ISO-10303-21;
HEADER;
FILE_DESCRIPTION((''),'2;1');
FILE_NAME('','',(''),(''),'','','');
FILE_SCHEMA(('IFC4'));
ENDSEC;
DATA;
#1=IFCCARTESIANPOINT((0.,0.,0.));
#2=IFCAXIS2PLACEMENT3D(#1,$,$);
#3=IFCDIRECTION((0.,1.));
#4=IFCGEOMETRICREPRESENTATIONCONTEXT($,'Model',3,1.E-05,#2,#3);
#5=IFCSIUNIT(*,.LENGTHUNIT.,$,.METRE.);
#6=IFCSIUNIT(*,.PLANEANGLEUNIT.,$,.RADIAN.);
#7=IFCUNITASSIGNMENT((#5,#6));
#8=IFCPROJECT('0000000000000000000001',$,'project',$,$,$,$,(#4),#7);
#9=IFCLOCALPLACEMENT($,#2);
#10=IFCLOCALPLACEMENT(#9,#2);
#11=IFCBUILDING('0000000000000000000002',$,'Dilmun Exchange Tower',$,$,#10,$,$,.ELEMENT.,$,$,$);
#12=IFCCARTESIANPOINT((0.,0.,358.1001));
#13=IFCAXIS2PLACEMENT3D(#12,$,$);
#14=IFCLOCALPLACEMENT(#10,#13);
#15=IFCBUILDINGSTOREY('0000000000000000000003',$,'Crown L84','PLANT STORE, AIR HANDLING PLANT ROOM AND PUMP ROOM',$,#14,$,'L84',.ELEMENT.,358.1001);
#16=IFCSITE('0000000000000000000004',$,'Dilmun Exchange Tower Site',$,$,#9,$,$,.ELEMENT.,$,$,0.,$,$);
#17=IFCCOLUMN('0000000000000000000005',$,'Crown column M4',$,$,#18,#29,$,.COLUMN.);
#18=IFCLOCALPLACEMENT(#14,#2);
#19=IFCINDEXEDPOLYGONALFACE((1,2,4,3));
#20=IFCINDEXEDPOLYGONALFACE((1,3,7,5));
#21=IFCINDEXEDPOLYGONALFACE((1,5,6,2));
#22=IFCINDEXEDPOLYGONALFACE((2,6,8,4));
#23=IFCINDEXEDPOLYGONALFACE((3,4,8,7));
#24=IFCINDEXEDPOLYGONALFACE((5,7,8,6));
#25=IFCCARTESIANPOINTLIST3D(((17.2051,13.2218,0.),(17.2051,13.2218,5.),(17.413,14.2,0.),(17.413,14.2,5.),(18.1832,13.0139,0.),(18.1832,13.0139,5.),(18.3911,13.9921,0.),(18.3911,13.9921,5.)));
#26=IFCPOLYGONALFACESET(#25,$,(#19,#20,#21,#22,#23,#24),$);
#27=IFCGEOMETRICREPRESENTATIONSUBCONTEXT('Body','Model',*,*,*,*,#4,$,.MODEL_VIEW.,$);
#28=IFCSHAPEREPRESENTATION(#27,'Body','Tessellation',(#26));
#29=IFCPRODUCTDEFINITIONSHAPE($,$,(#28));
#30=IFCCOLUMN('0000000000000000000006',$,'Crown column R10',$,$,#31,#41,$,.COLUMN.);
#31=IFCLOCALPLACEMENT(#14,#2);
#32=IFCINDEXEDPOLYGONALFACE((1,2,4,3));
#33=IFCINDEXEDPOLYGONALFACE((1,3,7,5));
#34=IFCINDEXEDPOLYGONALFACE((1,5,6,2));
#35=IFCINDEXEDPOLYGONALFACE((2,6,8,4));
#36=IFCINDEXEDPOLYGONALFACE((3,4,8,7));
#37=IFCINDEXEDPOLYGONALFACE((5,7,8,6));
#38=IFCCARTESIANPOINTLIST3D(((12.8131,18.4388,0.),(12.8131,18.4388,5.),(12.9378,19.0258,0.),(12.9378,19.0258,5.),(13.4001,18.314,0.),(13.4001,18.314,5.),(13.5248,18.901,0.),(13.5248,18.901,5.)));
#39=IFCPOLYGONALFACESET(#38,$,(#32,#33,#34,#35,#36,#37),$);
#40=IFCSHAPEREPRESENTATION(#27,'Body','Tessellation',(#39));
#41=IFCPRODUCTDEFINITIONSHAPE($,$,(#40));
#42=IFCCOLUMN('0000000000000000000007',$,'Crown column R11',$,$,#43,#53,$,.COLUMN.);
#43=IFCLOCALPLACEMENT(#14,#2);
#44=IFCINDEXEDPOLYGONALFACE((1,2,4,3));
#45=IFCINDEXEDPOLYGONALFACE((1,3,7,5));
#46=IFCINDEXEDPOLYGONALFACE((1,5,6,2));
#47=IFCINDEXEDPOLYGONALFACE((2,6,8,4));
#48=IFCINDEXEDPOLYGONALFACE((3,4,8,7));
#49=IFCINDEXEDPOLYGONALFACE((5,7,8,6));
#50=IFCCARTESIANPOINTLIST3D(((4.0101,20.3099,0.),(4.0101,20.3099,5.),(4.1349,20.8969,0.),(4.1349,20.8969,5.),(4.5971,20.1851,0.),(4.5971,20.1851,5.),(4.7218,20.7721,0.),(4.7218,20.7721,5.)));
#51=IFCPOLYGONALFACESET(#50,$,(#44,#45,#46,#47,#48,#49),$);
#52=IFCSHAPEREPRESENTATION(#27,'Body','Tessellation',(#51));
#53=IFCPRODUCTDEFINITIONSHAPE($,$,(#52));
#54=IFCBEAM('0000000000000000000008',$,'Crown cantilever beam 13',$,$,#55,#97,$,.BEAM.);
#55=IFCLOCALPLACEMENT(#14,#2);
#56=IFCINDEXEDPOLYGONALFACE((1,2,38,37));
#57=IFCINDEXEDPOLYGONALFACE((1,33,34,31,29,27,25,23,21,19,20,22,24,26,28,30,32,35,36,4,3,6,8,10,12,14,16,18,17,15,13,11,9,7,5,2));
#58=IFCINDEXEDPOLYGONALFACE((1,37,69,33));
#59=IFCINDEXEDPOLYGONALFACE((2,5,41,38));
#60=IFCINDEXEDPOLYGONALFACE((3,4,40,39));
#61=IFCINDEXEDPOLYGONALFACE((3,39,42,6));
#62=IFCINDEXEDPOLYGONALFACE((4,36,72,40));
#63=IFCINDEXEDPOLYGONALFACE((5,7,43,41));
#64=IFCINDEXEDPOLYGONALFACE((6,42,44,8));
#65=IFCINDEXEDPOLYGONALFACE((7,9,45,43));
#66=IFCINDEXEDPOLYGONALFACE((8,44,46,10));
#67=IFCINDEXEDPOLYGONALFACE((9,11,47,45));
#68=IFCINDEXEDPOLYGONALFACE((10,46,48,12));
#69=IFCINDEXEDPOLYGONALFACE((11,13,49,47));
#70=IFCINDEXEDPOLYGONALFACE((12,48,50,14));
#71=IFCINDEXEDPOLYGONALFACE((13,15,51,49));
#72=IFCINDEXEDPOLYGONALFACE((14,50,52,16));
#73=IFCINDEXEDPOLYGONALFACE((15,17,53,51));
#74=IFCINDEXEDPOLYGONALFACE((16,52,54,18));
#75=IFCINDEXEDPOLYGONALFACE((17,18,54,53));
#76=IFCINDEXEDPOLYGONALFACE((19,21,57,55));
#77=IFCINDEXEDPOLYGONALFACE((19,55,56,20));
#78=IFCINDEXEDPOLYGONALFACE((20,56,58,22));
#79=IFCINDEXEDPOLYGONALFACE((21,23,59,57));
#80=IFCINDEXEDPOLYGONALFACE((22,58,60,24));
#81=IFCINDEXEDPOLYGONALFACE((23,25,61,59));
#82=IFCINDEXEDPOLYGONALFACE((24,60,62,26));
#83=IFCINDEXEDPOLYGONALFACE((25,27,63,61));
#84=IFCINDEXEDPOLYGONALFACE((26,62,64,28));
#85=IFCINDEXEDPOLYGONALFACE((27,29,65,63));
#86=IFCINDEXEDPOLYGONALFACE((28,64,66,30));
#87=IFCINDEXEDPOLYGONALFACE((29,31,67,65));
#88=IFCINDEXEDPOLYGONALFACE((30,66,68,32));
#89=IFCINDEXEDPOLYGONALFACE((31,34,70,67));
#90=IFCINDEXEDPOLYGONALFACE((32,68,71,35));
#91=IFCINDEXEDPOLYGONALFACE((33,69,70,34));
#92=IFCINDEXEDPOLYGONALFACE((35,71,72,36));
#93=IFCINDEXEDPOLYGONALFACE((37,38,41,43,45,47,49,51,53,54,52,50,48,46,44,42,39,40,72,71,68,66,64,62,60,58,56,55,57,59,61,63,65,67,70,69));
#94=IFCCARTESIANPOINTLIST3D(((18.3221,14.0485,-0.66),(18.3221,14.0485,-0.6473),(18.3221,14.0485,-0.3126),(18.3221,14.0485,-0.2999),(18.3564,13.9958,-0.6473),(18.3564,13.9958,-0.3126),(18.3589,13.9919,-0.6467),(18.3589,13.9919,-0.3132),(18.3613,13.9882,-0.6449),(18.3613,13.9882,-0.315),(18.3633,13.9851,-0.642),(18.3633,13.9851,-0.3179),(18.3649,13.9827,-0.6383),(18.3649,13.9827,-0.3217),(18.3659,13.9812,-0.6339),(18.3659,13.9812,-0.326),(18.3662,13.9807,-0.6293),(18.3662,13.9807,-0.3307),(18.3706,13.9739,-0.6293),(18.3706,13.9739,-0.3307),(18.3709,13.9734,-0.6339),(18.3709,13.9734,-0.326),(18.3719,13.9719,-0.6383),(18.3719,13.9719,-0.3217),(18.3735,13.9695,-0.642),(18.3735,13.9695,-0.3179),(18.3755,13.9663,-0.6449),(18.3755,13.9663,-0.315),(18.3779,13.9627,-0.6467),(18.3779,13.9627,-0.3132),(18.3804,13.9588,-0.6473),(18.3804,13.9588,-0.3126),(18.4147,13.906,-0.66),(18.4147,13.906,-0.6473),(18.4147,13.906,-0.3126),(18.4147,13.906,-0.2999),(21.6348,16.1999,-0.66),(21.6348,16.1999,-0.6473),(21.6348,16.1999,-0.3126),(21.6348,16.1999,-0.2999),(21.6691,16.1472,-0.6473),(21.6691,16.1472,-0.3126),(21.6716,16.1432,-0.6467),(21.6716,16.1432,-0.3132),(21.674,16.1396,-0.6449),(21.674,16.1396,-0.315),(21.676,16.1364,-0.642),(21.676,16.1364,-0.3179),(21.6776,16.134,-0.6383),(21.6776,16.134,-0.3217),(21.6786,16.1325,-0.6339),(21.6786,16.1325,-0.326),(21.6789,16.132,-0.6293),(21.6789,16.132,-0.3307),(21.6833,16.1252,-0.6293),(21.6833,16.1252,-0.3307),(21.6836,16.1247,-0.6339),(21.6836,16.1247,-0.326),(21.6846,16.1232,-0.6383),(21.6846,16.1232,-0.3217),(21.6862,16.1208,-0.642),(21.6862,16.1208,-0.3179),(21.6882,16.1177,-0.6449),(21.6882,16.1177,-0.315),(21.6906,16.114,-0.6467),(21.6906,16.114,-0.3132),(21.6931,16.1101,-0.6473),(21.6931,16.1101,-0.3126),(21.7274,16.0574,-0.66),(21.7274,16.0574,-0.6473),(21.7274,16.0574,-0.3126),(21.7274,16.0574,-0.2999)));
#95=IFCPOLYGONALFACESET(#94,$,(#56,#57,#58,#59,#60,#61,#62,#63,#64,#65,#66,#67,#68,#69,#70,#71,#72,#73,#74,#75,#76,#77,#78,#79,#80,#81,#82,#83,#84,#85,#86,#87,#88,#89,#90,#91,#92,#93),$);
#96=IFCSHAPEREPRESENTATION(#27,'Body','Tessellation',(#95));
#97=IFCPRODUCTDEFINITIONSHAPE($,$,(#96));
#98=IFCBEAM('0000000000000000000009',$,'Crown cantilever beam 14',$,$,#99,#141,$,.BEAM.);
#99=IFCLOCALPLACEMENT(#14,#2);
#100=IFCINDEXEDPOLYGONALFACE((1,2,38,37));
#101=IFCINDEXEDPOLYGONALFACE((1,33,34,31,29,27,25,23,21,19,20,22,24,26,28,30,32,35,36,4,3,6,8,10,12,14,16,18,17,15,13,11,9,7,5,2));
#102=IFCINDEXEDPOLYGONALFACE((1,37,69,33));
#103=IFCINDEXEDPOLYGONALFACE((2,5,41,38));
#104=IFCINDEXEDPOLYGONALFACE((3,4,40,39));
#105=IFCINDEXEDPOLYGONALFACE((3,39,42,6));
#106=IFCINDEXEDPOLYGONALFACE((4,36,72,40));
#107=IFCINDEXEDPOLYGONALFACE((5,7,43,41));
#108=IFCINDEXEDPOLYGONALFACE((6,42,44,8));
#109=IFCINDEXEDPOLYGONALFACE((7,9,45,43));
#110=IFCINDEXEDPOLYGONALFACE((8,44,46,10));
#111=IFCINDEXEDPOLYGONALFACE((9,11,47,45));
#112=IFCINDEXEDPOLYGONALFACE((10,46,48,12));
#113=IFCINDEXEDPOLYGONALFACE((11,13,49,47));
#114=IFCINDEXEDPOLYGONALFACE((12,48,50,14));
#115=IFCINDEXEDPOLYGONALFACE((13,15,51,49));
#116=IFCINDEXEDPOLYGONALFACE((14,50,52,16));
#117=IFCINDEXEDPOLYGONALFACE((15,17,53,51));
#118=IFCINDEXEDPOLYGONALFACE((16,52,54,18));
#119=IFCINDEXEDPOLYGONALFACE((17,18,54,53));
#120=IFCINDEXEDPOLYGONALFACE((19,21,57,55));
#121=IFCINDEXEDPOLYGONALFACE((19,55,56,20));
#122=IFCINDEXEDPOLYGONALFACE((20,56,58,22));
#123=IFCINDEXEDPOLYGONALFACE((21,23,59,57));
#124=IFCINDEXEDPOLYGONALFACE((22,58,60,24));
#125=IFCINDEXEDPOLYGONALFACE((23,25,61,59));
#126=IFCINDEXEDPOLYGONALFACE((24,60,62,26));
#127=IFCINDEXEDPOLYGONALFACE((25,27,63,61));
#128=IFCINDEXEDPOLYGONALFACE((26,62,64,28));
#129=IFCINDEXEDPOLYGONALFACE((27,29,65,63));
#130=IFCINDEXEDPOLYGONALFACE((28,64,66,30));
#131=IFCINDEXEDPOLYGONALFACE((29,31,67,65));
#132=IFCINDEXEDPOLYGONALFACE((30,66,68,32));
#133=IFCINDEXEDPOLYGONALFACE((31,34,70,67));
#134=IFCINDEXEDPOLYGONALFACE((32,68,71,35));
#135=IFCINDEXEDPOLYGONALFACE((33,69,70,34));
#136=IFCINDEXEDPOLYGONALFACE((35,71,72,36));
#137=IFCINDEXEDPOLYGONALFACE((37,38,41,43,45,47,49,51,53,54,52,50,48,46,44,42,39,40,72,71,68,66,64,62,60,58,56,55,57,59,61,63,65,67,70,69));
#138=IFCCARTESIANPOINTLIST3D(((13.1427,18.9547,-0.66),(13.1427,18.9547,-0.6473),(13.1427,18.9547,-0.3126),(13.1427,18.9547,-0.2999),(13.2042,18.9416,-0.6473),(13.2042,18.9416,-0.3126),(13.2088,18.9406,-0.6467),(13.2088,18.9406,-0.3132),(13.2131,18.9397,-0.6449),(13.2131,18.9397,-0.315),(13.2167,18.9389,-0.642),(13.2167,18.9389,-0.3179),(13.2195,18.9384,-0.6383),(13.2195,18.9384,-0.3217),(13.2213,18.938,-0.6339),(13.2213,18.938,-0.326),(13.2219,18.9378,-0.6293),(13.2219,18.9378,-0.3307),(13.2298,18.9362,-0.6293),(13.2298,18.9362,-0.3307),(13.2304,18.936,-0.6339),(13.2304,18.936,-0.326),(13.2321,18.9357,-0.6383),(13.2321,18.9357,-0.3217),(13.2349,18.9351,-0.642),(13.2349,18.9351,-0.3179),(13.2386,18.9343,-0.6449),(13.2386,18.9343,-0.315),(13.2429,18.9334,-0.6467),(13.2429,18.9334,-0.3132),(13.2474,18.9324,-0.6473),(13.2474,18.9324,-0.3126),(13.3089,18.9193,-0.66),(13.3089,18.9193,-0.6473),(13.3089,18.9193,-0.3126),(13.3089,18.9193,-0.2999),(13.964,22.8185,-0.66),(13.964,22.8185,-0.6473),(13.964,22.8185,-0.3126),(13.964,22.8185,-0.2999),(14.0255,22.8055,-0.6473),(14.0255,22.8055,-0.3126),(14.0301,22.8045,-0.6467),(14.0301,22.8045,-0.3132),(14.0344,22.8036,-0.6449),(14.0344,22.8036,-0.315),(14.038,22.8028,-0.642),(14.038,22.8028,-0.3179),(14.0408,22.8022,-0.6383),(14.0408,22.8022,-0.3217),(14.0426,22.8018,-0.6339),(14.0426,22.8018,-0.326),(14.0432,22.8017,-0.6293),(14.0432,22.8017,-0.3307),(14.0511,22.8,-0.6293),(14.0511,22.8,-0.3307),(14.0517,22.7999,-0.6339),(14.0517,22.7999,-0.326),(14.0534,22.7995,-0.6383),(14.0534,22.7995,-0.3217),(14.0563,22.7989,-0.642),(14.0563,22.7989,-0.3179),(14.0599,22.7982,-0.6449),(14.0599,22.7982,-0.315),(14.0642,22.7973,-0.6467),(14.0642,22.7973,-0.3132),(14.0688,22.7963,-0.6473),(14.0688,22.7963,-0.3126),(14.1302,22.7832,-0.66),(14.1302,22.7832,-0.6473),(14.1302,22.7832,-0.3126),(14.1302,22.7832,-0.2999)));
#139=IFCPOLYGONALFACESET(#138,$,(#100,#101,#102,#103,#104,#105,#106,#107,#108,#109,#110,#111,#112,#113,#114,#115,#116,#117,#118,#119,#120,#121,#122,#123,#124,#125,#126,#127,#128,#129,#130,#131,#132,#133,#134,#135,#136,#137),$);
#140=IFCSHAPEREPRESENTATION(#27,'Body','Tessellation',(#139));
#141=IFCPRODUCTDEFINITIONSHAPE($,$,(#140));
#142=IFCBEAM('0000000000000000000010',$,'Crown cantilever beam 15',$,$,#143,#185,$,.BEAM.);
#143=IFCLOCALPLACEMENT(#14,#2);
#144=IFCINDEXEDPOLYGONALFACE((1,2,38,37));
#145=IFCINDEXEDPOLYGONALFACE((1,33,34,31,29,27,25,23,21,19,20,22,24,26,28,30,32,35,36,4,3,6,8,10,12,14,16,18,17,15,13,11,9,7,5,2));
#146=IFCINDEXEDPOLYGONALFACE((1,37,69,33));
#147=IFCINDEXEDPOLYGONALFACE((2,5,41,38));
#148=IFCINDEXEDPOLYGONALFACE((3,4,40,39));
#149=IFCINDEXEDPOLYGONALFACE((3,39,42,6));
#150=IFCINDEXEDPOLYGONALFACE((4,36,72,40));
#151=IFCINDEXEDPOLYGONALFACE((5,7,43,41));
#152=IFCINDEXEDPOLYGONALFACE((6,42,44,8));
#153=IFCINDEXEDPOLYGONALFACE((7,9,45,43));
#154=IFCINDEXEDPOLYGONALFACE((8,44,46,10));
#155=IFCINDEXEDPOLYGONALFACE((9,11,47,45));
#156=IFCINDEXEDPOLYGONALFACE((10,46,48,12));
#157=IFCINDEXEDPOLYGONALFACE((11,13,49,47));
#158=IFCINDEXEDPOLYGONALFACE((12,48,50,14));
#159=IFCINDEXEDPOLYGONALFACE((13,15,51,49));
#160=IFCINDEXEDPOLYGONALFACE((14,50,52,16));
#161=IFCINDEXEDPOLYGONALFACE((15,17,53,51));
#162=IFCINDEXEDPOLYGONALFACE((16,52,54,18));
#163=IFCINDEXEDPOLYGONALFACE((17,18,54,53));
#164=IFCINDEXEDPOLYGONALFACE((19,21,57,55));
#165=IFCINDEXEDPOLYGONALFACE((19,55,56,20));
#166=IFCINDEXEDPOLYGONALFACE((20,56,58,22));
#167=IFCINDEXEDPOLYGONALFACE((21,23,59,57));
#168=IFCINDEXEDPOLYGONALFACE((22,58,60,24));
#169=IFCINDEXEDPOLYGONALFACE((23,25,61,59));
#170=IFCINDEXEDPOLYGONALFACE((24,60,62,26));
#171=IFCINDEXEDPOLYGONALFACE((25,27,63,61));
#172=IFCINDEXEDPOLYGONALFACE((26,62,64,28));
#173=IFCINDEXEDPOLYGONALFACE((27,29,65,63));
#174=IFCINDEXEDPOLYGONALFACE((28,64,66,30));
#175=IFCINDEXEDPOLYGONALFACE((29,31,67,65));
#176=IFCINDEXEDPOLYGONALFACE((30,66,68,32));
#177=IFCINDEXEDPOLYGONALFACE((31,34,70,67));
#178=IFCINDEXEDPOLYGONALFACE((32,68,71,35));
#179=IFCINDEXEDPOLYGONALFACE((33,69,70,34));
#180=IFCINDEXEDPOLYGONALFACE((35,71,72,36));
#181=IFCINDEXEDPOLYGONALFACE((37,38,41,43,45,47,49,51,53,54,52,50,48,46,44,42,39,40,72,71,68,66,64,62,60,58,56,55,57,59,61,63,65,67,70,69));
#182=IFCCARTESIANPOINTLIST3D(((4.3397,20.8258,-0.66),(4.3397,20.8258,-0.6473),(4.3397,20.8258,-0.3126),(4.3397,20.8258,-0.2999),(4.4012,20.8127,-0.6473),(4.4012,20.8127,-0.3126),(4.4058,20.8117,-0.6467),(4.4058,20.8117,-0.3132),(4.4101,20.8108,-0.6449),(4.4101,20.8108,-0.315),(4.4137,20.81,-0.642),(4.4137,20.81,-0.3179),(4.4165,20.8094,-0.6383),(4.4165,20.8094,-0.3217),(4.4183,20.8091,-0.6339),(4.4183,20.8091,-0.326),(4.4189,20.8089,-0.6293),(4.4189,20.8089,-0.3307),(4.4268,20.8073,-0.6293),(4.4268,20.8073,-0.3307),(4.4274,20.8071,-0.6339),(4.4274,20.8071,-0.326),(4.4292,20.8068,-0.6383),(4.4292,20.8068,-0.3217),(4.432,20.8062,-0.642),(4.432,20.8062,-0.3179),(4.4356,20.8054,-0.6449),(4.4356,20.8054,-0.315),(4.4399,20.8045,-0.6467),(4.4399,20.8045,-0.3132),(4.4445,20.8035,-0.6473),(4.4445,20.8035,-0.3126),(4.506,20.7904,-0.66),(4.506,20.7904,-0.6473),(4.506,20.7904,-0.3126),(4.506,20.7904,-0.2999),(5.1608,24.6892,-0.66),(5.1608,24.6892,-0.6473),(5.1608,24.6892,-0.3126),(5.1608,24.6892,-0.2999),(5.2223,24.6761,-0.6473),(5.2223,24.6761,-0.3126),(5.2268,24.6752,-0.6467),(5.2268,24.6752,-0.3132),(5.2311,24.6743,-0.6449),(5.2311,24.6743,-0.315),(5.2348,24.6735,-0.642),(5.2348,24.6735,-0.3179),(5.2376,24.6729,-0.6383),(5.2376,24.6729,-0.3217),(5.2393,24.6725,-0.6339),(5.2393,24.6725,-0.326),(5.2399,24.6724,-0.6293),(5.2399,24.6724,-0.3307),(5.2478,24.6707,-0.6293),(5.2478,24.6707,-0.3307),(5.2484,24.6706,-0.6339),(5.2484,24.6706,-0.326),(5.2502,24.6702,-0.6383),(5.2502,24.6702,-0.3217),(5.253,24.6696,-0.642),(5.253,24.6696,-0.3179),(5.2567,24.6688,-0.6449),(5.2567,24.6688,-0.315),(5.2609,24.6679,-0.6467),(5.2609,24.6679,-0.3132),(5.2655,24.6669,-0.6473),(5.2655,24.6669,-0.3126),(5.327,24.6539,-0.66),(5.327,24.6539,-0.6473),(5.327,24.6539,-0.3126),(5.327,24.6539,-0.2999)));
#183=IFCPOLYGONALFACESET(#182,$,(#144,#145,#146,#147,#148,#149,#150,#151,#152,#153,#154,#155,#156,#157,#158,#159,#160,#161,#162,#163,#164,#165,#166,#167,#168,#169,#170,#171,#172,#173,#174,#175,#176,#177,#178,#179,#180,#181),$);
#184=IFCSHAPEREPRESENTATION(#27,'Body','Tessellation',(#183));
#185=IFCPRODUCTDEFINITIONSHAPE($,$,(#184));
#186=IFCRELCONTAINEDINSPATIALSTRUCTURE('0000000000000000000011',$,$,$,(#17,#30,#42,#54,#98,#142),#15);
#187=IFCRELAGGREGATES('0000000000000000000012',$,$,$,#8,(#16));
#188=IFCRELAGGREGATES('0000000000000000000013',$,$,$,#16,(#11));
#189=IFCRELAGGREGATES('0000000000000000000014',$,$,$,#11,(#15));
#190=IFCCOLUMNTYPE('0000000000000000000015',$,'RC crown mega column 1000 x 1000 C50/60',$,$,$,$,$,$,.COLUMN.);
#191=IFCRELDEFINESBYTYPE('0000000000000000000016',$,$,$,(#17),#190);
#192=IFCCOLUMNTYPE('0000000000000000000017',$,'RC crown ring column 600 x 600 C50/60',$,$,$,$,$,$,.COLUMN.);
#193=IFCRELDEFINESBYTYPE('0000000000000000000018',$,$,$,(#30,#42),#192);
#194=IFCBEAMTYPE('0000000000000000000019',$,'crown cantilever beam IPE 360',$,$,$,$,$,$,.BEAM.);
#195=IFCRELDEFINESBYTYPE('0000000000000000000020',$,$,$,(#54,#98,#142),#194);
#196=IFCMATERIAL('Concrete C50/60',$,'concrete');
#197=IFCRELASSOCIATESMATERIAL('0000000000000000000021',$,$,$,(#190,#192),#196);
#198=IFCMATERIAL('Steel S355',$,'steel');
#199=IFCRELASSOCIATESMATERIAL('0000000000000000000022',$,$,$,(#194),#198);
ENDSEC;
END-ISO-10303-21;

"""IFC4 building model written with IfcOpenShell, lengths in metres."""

from ifc_helpers import new_model, si_unit, direction, frame, origin, origin_2d, place, context, subcontext, project, spatial, rectangle, i_section, extrude, material, material_profile, profile_set, type_object, element, save


model = new_model("IFC4")

# Units and contexts
model_context = context("Model", 3, precision=1e-05, world=origin(), true_north=direction((0.0, 1.0)))
body_context = subcontext(model_context, "Body", "Model", "MODEL_VIEW")
ifc_project = project(units=[si_unit("LENGTHUNIT", "METRE"), si_unit("PLANEANGLEUNIT", "RADIAN")], contexts=[model_context])

# Site, building, storey
site_placement = place(None, origin())
site = spatial("IfcSite", under=ifc_project, at=site_placement, Name="Dilmun Exchange Tower Site", CompositionType="ELEMENT", RefElevation=0.0)
building_placement = place(site_placement, origin())
building = spatial("IfcBuilding", under=site, at=building_placement, Name="Dilmun Exchange Tower", CompositionType="ELEMENT")
storey_placement = place(building_placement, frame((0.0, 0.0, 358.1001)))
storey = spatial("IfcBuildingStorey", under=building, at=storey_placement, Name="Crown L84", Description="PLANT STORE, AIR HANDLING PLANT ROOM AND PUMP ROOM", LongName="L84", CompositionType="ELEMENT", Elevation=358.1001)

# Columns
ifc_material_1 = material(Name="Concrete C50/60", Category="concrete")
ifc_material_profile_1 = material_profile(ifc_material_1, rectangle(XDim=1.0, YDim=1.0, at=origin_2d()), Name="1000 x 1000")
ifc_profile_set_1 = profile_set([ifc_material_profile_1], Name="Concrete C50/60")
column_type_1 = type_object("IfcColumnType", Name="RC crown mega column 1000 x 1000 C50/60", PredefinedType="COLUMN", material=ifc_profile_set_1)
column_placement = place(storey_placement, frame((17.7981, 13.6069, 0.0), z_axis=(0.0, 0.0, 1.0), x_axis=(0.207912, 0.978148, 0.0)))
element("IfcColumn", 1, at=column_placement, inside=storey, type_object=column_type_1, Name="Crown column M4", PredefinedType="COLUMN", context=body_context, shape_type="SweptSolid", body=[
    extrude(rectangle(XDim=1.0, YDim=1.0, at=origin_2d()), origin(), (0.0, 0.0, 1.0), 5.0),
])
ifc_material_profile_2 = material_profile(ifc_material_1, rectangle(XDim=0.6001, YDim=0.6001, at=origin_2d()), Name="600 x 600")
ifc_profile_set_2 = profile_set([ifc_material_profile_2], Name="Concrete C50/60")
column_type_2 = type_object("IfcColumnType", Name="RC crown ring column 600 x 600 C50/60", PredefinedType="COLUMN", material=ifc_profile_set_2)
for number, where, z_axis, x_axis, name in (
    (2, (13.1689, 18.6699, 0.0), (0.0, 0.0, 1.0), (0.207912, 0.978148, 0.0), "Crown column R10"),
    (3, (4.366, 20.541, 0.0), (0.0, 0.0, 1.0), (0.207912, 0.978148, 0.0), "Crown column R11"),
):
    element("IfcColumn", number, at=place(storey_placement, frame(where, z_axis=z_axis, x_axis=x_axis)), inside=storey, type_object=column_type_2, Name=name, PredefinedType="COLUMN", context=body_context, shape_type="SweptSolid", body=[
        extrude(rectangle(XDim=0.6001, YDim=0.6001, at=origin_2d()), origin(), (0.0, 0.0, 1.0), 5.0),
    ])

# Beams
ifc_material_2 = material(Name="Steel S355", Category="steel")
ifc_material_profile_3 = material_profile(ifc_material_2, i_section(OverallWidth=0.1699, OverallDepth=0.3601, WebThickness=0.0081, FlangeThickness=0.0127, FilletRadius=0.0181, at=origin_2d()), Name="IPE 360")
ifc_profile_set_3 = profile_set([ifc_material_profile_3], Name="Steel S355")
beam_type_1 = type_object("IfcBeamType", Name="crown cantilever beam IPE 360", PredefinedType="BEAM", material=ifc_profile_set_3)
beam_1_placement = place(storey_placement, frame((18.3684, 13.9773, -0.48), z_axis=(0.838665, 0.544647, 0.0), x_axis=(-0.544647, 0.838665, 0.0)))
element("IfcBeam", 4, at=beam_1_placement, inside=storey, type_object=beam_type_1, Name="Crown cantilever beam 13", PredefinedType="BEAM", context=body_context, shape_type="SweptSolid", body=[
    extrude(i_section(OverallWidth=0.1699, OverallDepth=0.3601, WebThickness=0.0081, FlangeThickness=0.0127, FilletRadius=0.0181, at=origin_2d()), origin(), (0.0, 0.0, 1.0), 3.95),
])
beam_2_placement = place(storey_placement, frame((13.2258, 18.937, -0.48), z_axis=(0.207916, 0.978147, 0.0), x_axis=(-0.978147, 0.207916, 0.0)))
element("IfcBeam", 5, at=beam_2_placement, inside=storey, type_object=beam_type_1, Name="Crown cantilever beam 14", PredefinedType="BEAM", context=body_context, shape_type="SweptSolid", body=[
    extrude(i_section(OverallWidth=0.1699, OverallDepth=0.3601, WebThickness=0.0081, FlangeThickness=0.0127, FilletRadius=0.0181, at=origin_2d()), origin(), (0.0, 0.0, 1.0), 3.9502),
])
beam_3_placement = place(storey_placement, frame((4.4229, 20.8081, -0.48), z_axis=(0.20787, 0.978156, 0.0), x_axis=(-0.978156, 0.20787, 0.0)))
element("IfcBeam", 6, at=beam_3_placement, inside=storey, type_object=beam_type_1, Name="Crown cantilever beam 15", PredefinedType="BEAM", context=body_context, shape_type="SweptSolid", body=[
    extrude(i_section(OverallWidth=0.1699, OverallDepth=0.3601, WebThickness=0.0081, FlangeThickness=0.0127, FilletRadius=0.0181, at=origin_2d()), origin(), (0.0, 0.0, 1.0), 3.9497),
])

save(model, "model.ifc")
